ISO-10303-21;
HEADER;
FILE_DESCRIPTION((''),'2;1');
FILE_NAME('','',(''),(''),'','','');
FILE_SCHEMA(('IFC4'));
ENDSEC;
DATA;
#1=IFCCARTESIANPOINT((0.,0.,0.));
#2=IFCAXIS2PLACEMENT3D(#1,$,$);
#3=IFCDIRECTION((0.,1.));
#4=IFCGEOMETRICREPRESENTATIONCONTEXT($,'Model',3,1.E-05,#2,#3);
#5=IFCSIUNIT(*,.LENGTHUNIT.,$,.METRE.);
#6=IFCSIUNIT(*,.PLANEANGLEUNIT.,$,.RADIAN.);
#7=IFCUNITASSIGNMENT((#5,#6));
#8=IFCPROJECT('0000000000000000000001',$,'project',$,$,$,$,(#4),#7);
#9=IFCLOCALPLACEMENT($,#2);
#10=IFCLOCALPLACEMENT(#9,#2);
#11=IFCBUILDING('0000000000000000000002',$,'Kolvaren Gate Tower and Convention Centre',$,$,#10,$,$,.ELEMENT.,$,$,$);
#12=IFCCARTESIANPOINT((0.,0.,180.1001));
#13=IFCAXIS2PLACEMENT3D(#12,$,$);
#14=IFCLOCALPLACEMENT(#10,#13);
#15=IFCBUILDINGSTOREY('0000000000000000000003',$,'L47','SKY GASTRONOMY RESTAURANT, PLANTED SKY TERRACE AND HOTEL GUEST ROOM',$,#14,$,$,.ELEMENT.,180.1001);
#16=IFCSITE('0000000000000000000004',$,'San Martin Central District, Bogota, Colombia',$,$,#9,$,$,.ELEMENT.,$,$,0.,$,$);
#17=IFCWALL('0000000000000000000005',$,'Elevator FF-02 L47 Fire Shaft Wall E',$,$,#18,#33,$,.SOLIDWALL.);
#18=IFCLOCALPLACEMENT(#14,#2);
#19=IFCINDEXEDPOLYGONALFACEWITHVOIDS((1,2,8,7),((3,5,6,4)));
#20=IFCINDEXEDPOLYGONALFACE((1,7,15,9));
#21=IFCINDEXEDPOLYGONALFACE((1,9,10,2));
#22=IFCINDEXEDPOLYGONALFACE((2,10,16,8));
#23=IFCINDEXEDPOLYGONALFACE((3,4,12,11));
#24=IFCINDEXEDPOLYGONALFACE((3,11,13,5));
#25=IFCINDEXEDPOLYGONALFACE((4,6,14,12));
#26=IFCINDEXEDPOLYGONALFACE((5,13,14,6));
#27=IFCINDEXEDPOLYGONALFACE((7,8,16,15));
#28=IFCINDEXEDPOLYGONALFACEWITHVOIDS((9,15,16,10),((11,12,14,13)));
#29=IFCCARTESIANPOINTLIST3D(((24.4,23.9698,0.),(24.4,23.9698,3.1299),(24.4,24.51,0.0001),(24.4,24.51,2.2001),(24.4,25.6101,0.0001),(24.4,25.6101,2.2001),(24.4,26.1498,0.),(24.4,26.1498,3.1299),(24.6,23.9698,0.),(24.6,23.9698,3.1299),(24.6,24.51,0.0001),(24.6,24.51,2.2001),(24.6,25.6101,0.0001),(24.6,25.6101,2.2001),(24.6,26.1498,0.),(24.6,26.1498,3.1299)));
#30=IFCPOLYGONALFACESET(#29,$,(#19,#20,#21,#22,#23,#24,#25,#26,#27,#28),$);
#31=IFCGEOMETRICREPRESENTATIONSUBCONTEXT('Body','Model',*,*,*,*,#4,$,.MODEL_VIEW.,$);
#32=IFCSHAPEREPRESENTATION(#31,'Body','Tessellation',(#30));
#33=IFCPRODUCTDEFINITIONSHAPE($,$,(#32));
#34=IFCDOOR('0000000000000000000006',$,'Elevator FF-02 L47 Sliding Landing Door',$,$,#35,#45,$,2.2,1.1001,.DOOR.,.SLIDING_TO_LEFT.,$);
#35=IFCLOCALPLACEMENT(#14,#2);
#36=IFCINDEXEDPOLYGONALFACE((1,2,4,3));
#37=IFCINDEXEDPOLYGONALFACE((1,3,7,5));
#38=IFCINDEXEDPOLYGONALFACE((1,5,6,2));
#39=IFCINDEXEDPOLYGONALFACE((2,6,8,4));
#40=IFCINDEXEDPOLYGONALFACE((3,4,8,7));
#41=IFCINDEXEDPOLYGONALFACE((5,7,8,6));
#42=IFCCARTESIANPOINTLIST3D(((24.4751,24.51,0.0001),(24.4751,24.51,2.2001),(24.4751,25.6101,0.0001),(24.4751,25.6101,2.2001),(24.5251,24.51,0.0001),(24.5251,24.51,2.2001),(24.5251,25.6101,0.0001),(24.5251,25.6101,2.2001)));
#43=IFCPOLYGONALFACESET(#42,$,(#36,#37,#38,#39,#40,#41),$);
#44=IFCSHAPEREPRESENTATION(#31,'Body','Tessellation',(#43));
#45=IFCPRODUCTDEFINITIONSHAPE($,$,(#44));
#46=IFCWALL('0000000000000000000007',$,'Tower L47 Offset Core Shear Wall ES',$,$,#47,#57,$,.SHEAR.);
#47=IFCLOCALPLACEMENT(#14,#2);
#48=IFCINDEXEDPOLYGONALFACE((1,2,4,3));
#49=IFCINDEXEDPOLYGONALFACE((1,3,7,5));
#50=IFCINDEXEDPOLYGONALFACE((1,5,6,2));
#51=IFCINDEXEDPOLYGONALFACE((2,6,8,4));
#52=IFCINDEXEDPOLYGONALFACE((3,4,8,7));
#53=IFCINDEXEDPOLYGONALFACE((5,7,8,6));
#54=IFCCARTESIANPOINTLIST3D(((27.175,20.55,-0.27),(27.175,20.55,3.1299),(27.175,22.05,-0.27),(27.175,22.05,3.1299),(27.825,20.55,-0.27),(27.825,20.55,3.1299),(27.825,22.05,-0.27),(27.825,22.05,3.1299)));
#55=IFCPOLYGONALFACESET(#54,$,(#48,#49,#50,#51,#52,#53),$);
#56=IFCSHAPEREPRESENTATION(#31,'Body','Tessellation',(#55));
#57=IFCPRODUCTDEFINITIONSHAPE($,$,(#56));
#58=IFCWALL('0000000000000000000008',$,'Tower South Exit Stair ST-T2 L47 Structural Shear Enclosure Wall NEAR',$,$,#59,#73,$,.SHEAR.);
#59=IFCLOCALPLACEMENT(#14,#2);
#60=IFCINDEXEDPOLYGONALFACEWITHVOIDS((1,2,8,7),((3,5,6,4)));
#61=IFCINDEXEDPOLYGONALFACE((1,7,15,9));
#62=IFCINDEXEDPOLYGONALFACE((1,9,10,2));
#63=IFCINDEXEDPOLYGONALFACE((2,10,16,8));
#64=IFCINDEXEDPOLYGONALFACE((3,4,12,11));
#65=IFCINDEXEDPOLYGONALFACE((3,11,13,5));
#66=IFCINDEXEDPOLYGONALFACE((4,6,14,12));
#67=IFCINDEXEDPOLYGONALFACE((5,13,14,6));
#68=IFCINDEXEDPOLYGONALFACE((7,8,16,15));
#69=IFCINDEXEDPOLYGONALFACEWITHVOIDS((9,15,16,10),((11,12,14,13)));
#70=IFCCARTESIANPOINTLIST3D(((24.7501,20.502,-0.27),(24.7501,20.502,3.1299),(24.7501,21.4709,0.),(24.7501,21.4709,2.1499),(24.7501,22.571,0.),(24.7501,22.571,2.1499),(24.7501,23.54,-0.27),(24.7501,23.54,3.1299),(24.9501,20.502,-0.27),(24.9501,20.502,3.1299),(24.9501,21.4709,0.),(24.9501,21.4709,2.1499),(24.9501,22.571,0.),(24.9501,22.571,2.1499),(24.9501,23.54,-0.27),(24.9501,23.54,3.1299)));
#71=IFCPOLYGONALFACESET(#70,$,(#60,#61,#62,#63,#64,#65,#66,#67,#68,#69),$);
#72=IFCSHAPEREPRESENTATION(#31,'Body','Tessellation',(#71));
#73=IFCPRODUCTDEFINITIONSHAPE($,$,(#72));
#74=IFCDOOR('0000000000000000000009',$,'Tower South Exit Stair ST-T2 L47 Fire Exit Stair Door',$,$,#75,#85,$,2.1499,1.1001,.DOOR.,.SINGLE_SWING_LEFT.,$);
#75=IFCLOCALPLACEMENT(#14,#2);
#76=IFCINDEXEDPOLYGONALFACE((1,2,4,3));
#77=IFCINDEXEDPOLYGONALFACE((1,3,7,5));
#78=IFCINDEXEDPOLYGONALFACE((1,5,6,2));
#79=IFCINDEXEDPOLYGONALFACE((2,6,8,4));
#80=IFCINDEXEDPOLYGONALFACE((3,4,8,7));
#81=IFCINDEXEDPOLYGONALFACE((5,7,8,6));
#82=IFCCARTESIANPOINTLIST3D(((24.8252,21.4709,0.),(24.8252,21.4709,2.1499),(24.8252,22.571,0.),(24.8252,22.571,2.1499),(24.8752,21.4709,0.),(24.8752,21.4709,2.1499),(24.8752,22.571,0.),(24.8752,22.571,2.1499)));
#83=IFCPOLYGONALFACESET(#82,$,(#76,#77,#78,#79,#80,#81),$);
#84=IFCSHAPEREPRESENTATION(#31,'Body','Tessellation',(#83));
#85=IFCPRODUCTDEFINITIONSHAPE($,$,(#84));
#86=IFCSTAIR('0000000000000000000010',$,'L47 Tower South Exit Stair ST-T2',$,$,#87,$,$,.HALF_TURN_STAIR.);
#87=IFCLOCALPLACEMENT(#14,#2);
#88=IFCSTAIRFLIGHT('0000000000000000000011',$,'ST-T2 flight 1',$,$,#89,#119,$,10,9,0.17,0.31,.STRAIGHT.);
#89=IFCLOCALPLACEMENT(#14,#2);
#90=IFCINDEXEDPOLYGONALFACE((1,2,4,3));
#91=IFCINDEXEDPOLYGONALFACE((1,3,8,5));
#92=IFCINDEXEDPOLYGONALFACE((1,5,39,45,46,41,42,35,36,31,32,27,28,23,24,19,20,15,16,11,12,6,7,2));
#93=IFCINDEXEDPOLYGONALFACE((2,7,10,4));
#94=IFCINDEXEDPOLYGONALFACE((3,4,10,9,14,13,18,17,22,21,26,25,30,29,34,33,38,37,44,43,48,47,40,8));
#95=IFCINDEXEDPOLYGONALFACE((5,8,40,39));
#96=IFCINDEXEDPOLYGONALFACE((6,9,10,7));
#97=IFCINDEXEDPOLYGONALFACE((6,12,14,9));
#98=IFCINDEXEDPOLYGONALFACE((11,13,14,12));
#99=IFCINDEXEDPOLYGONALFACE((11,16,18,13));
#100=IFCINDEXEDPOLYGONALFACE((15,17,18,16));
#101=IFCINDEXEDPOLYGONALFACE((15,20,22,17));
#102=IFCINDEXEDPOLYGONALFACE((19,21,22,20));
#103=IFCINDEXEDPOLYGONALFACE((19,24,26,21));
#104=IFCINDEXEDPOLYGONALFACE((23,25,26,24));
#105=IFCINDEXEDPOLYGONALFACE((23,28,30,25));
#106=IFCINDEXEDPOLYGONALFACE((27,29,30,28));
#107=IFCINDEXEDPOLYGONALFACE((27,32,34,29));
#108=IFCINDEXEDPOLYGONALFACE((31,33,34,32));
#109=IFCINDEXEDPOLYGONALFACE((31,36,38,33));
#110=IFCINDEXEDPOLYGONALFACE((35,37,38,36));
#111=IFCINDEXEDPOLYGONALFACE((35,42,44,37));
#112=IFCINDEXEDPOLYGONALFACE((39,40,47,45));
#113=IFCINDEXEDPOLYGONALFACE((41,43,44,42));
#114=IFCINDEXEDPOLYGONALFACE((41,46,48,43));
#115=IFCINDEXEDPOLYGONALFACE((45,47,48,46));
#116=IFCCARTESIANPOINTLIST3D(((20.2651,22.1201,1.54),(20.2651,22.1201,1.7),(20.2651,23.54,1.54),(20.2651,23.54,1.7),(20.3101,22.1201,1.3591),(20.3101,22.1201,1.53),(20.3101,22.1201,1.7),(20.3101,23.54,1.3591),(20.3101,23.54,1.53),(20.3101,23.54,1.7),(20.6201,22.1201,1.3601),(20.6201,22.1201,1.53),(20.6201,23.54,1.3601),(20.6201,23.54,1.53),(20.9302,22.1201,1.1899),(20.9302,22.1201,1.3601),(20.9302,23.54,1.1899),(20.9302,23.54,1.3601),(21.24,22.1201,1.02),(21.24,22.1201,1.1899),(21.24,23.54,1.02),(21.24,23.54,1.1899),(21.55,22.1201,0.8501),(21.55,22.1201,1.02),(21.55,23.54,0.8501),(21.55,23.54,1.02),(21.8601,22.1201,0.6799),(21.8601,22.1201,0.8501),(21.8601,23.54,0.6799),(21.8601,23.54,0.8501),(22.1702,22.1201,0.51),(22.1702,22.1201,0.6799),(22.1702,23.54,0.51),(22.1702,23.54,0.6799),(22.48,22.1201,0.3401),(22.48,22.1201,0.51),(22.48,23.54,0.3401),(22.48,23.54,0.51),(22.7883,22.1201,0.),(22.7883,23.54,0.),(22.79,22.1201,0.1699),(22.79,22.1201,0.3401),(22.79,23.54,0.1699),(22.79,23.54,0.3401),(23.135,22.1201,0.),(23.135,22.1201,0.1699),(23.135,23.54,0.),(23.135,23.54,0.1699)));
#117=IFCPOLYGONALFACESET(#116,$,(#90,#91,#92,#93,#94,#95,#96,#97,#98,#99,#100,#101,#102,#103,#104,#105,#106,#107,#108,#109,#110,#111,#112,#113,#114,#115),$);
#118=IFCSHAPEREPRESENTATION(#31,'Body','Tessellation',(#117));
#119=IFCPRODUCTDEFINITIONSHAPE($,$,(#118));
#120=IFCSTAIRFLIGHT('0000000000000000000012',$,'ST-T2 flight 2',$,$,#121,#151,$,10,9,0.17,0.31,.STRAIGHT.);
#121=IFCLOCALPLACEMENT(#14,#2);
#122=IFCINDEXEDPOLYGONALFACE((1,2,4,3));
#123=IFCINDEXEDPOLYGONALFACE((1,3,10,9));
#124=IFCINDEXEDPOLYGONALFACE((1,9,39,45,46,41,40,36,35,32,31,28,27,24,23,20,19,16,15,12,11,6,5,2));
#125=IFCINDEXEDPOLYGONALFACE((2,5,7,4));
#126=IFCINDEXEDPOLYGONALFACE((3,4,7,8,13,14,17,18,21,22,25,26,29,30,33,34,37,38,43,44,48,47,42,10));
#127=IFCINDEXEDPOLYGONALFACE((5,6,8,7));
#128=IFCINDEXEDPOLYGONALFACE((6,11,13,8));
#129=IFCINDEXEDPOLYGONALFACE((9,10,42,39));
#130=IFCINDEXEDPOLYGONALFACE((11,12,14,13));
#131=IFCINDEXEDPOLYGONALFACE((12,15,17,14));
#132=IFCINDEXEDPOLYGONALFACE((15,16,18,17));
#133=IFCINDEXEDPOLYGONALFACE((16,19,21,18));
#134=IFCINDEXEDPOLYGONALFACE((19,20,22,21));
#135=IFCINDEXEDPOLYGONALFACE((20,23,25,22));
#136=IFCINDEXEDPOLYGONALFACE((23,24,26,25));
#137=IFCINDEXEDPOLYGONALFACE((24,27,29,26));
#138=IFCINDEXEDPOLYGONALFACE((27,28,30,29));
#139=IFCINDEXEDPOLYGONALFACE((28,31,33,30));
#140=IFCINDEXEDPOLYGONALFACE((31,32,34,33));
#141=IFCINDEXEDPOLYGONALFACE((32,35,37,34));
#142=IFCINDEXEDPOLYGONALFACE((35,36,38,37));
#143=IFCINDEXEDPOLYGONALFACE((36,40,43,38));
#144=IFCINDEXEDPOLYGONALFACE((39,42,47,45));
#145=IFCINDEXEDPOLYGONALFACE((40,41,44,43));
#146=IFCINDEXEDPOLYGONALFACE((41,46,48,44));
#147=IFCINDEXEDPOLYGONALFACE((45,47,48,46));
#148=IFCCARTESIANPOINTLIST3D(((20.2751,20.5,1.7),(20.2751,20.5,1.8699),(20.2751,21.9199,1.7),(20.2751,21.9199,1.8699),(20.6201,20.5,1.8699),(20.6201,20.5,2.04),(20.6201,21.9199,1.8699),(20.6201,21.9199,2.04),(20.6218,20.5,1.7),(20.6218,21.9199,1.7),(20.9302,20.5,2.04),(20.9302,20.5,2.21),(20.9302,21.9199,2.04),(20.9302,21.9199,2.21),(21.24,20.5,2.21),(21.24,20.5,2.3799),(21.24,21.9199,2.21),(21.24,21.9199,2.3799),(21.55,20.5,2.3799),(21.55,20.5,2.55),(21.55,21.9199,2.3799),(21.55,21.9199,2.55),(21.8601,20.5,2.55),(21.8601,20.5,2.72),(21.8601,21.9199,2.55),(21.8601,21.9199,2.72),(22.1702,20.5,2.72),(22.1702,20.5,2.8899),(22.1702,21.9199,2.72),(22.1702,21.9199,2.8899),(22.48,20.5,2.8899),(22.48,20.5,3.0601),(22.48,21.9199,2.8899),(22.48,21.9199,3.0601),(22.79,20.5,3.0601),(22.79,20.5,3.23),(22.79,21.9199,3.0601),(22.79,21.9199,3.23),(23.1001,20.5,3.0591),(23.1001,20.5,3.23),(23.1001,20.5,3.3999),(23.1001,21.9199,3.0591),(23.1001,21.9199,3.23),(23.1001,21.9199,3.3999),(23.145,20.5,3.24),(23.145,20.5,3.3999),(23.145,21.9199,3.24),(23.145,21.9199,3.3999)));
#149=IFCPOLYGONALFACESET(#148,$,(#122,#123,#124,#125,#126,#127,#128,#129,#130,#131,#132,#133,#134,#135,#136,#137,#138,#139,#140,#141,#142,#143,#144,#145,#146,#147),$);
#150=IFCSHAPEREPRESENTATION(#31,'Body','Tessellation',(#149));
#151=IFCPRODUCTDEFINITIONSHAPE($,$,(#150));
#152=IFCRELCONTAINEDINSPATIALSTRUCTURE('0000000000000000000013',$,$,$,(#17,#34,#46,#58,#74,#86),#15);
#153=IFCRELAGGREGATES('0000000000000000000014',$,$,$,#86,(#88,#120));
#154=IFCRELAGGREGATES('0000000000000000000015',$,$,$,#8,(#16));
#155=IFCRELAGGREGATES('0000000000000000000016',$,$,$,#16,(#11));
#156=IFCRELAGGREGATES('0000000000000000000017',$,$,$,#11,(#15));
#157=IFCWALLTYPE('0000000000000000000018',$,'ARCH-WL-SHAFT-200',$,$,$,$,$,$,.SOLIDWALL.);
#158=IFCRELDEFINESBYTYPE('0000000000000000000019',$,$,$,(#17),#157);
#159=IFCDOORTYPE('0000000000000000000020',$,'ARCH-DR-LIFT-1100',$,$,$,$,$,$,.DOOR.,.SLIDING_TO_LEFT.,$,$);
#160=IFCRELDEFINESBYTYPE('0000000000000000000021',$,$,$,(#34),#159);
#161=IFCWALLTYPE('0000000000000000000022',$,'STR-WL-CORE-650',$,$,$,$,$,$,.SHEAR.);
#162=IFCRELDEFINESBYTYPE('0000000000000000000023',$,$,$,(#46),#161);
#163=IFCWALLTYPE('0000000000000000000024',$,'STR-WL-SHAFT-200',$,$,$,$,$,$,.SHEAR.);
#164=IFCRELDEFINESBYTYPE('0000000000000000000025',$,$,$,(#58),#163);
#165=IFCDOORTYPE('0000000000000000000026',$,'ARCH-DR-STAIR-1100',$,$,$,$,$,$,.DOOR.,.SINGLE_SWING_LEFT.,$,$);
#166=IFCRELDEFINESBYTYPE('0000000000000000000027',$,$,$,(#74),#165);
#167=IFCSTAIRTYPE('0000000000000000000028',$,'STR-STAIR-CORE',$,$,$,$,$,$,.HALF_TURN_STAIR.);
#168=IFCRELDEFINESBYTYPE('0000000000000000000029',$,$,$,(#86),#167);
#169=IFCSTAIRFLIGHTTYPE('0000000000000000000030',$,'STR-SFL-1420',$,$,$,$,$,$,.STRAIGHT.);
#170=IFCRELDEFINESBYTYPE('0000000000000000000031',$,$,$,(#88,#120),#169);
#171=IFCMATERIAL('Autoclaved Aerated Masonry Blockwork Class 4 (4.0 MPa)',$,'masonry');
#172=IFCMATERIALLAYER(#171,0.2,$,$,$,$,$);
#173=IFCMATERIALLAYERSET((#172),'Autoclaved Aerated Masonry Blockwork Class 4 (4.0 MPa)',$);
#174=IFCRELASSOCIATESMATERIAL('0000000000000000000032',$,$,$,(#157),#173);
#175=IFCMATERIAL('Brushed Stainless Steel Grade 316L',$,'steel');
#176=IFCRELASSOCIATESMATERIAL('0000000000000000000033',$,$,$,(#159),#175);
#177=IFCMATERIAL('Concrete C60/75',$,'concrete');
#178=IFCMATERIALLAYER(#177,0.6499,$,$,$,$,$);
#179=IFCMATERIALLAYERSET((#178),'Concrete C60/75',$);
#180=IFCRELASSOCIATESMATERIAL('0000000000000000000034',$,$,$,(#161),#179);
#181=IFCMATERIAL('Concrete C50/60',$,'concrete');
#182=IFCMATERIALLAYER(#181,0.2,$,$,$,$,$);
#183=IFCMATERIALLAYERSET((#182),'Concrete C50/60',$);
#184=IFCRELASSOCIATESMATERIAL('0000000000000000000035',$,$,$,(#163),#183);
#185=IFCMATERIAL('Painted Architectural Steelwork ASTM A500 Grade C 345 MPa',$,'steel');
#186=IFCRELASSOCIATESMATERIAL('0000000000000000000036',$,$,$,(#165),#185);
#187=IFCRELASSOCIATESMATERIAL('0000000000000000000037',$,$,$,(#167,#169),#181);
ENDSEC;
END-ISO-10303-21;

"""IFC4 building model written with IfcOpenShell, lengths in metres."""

from ifc_helpers import new_model, si_unit, direction, frame, frame_2d, origin, place, context, subcontext, project, spatial, polyline, rectangle, outline, extrude, material, layer, layer_set, type_object, element, fill, aggregate, save


model = new_model("IFC4")

# Units and contexts
model_context = context("Model", 3, precision=1e-05, world=origin(), true_north=direction((0.0, 1.0)))
body_context = subcontext(model_context, "Body", "Model", "MODEL_VIEW")
ifc_project = project(units=[si_unit("LENGTHUNIT", "METRE"), si_unit("PLANEANGLEUNIT", "RADIAN")], contexts=[model_context])

# Site, building, storey
site_placement = place(None, origin())
site = spatial("IfcSite", under=ifc_project, at=site_placement, Name="San Martin Central District, Bogota, Colombia", CompositionType="ELEMENT", RefElevation=0.0)
building_placement = place(site_placement, origin())
building = spatial("IfcBuilding", under=site, at=building_placement, Name="Kolvaren Gate Tower and Convention Centre", CompositionType="ELEMENT")
storey_placement = place(building_placement, frame((0.0, 0.0, 180.1001)))
storey = spatial("IfcBuildingStorey", under=building, at=storey_placement, Name="L47", Description="SKY GASTRONOMY RESTAURANT, PLANTED SKY TERRACE AND HOTEL GUEST ROOM", CompositionType="ELEMENT", Elevation=180.1001)

# Shared definitions
ifc_material_1 = material(Name="Autoclaved Aerated Masonry Blockwork Class 4 (4.0 MPa)", Category="masonry")

# Shared definitions
ifc_material_2 = material(Name="Painted Architectural Steelwork ASTM A500 Grade C 345 MPa", Category="steel")

# Shared definitions
ifc_layer_1 = layer(ifc_material_1, 0.2)
ifc_layer_set_1 = layer_set([ifc_layer_1], Name="Autoclaved Aerated Masonry Blockwork Class 4 (4.0 MPa)")
wall_type_1 = type_object("IfcWallType", Name="ARCH-WL-SHAFT-200", PredefinedType="SOLIDWALL", material=ifc_layer_set_1)

# Wall, opening, door
wall_1_placement = place(storey_placement, frame((24.5, 23.97, 0.0), z_axis=(0.0, 0.0, 1.0), x_axis=(0.0, 1.0, 0.0)))
wall_1 = element("IfcWall", 1, at=wall_1_placement, inside=storey, type_object=wall_type_1, Name="Elevator FF-02 L47 Fire Shaft Wall E", PredefinedType="SOLIDWALL", context=body_context, shape_type="SweptSolid", body=[
    extrude(rectangle(XDim=2.1799, YDim=0.2, at=frame_2d((1.0898, 0.0))), origin(), (0.0, 0.0, 1.0), 3.1299),
])
opening_1_placement = place(wall_1_placement, frame((0.54, 0.0, 0.0)))
opening_1 = element("IfcOpeningElement", 2, at=opening_1_placement, cuts=wall_1, PredefinedType="OPENING", context=body_context, shape_type="SweptSolid", body=[
    extrude(rectangle(XDim=1.1001, YDim=2.2, at=frame_2d((0.55, 1.1001))), frame((0.0, 0.1099, 0.0), z_axis=(0.0, -1.0, 0.0), x_axis=(1.0, 0.0, 0.0)), (0.0, 0.0, 1.0), 0.22),
])
ifc_material_3 = material(Name="Brushed Stainless Steel Grade 316L", Category="steel")
door_type_1 = type_object("IfcDoorType", Name="ARCH-DR-LIFT-1100", OperationType="SLIDING_TO_LEFT", PredefinedType="DOOR", material=ifc_material_3)
door_1_placement = place(opening_1_placement, origin())
door_1 = element("IfcDoor", 3, at=door_1_placement, inside=storey, type_object=door_type_1, Name="Elevator FF-02 L47 Sliding Landing Door", OperationType="SLIDING_TO_LEFT", OverallHeight=2.2, OverallWidth=1.1001, PredefinedType="DOOR", context=body_context, shape_type="SweptSolid", body=[
    extrude(rectangle(XDim=1.1001, YDim=2.2, at=frame_2d((0.55, 1.1001))), frame((0.0, 0.0249, 0.0), z_axis=(0.0, -1.0, 0.0), x_axis=(1.0, 0.0, 0.0)), (0.0, 0.0, 1.0), 0.05),
])
fill(opening_1, door_1)

# Wall
ifc_material_4 = material(Name="Concrete C60/75", Category="concrete")
ifc_layer_2 = layer(ifc_material_4, 0.6499)
ifc_layer_set_2 = layer_set([ifc_layer_2], Name="Concrete C60/75")
wall_type_2 = type_object("IfcWallType", Name="STR-WL-CORE-650", PredefinedType="SHEAR", material=ifc_layer_set_2)
wall_2_placement = place(storey_placement, frame((27.5, 20.55, -0.27), z_axis=(0.0, 0.0, 1.0), x_axis=(0.0, 1.0, 0.0)))
element("IfcWall", 4, at=wall_2_placement, inside=storey, type_object=wall_type_2, Name="Tower L47 Offset Core Shear Wall ES", PredefinedType="SHEAR", context=body_context, shape_type="SweptSolid", body=[
    extrude(rectangle(XDim=1.5, YDim=0.6499, at=frame_2d((0.75, 0.0))), origin(), (0.0, 0.0, 1.0), 3.3999),
])

# Wall, opening, door
ifc_material_5 = material(Name="Concrete C50/60", Category="concrete")
ifc_layer_3 = layer(ifc_material_5, 0.2)
ifc_layer_set_3 = layer_set([ifc_layer_3], Name="Concrete C50/60")
wall_type_3 = type_object("IfcWallType", Name="STR-WL-SHAFT-200", PredefinedType="SHEAR", material=ifc_layer_set_3)
wall_3_placement = place(storey_placement, frame((24.8501, 20.502, -0.27), z_axis=(0.0, 0.0, 1.0), x_axis=(0.0, 1.0, 0.0)))
wall_3 = element("IfcWall", 5, at=wall_3_placement, inside=storey, type_object=wall_type_3, Name="Tower South Exit Stair ST-T2 L47 Structural Shear Enclosure Wall NEAR", PredefinedType="SHEAR", context=body_context, shape_type="SweptSolid", body=[
    extrude(rectangle(XDim=3.0381, YDim=0.2, at=frame_2d((1.519, 0.0))), origin(), (0.0, 0.0, 1.0), 3.3999),
])
opening_2_placement = place(wall_3_placement, frame((0.969, 0.0, 0.27)))
opening_2 = element("IfcOpeningElement", 6, at=opening_2_placement, cuts=wall_3, PredefinedType="OPENING", context=body_context, shape_type="SweptSolid", body=[
    extrude(rectangle(XDim=1.1001, YDim=2.1499, at=frame_2d((0.55, 1.075))), frame((0.0, 0.1099, 0.0), z_axis=(0.0, -1.0, 0.0), x_axis=(1.0, 0.0, 0.0)), (0.0, 0.0, 1.0), 0.22),
])
door_type_2 = type_object("IfcDoorType", Name="ARCH-DR-STAIR-1100", OperationType="SINGLE_SWING_LEFT", PredefinedType="DOOR", material=ifc_material_2)
door_2_placement = place(opening_2_placement, origin())
door_2 = element("IfcDoor", 7, at=door_2_placement, inside=storey, type_object=door_type_2, Name="Tower South Exit Stair ST-T2 L47 Fire Exit Stair Door", OperationType="SINGLE_SWING_LEFT", OverallHeight=2.1499, OverallWidth=1.1001, PredefinedType="DOOR", context=body_context, shape_type="SweptSolid", body=[
    extrude(rectangle(XDim=1.1001, YDim=2.1499, at=frame_2d((0.55, 1.075))), frame((0.0, 0.0249, 0.0), z_axis=(0.0, -1.0, 0.0), x_axis=(1.0, 0.0, 0.0)), (0.0, 0.0, 1.0), 0.05),
])
fill(opening_2, door_2)

# Stair, stair flights
stair_type = type_object("IfcStairType", Name="STR-STAIR-CORE", PredefinedType="HALF_TURN_STAIR", material=ifc_material_5)
stair_placement = place(storey_placement, origin())
stair = element("IfcStair", 8, at=stair_placement, inside=storey, type_object=stair_type, Name="L47 Tower South Exit Stair ST-T2", PredefinedType="HALF_TURN_STAIR")
stair_flight_type = type_object("IfcStairFlightType", Name="STR-SFL-1420", PredefinedType="STRAIGHT", material=ifc_material_5)
stair_flight_1_placement = place(storey_placement, frame((23.1001, 22.8301, 0.0), z_axis=(0.0, 0.0, 1.0), x_axis=(-1.0, 0.0, 0.0)))
stair_flight_1 = element("IfcStairFlight", 9, at=stair_flight_1_placement, type_object=stair_flight_type, Name="ST-T2 flight 1", NumberOfRisers=10, NumberOfTreads=9, PredefinedType="STRAIGHT", RiserHeight=0.17, TreadLength=0.31, context=body_context, shape_type="SweptSolid", body=[
    extrude(outline(polyline([(-0.0349, 0.0), (-0.0349, 0.1699), (0.3101, 0.1699), (0.3101, 0.3401), (0.6201, 0.3401), (0.6201, 0.51), (0.9299, 0.51), (0.9299, 0.6799), (1.24, 0.6799), (1.24, 0.8501), (1.55, 0.8501), (1.55, 1.02), (1.8601, 1.02), (1.8601, 1.1899), (2.1699, 1.1899), (2.1699, 1.3601), (2.48, 1.3601), (2.48, 1.53), (2.79, 1.53), (2.79, 1.7), (2.835, 1.7), (2.835, 1.54), (2.79, 1.3591), (0.3118, 0.0), (-0.0349, 0.0)])), frame((0.0, 0.71, 0.0), z_axis=(0.0, -1.0, 0.0), x_axis=(1.0, 0.0, 0.0)), (0.0, 0.0, 1.0), 1.4199),
])
stair_flight_2_placement = place(storey_placement, frame((20.3101, 21.21, 1.7), z_axis=(0.0, 0.0, 1.0), x_axis=(1.0, 0.0, 0.0)))
stair_flight_2 = element("IfcStairFlight", 10, at=stair_flight_2_placement, type_object=stair_flight_type, Name="ST-T2 flight 2", NumberOfRisers=10, NumberOfTreads=9, PredefinedType="STRAIGHT", RiserHeight=0.17, TreadLength=0.31, context=body_context, shape_type="SweptSolid", body=[
    extrude(outline(polyline([(-0.0349, 0.0), (-0.0349, 0.1699), (0.3101, 0.1699), (0.3101, 0.3401), (0.6201, 0.3401), (0.6201, 0.51), (0.9299, 0.51), (0.9299, 0.6799), (1.24, 0.6799), (1.24, 0.8501), (1.55, 0.8501), (1.55, 1.02), (1.8601, 1.02), (1.8601, 1.1899), (2.1699, 1.1899), (2.1699, 1.3601), (2.48, 1.3601), (2.48, 1.53), (2.79, 1.53), (2.79, 1.7), (2.835, 1.7), (2.835, 1.54), (2.79, 1.3591), (0.3118, 0.0), (-0.0349, 0.0)])), frame((0.0, 0.71, 0.0), z_axis=(0.0, -1.0, 0.0), x_axis=(1.0, 0.0, 0.0)), (0.0, 0.0, 1.0), 1.4199),
])
aggregate(stair, [stair_flight_1, stair_flight_2])

save(model, "model.ifc")
